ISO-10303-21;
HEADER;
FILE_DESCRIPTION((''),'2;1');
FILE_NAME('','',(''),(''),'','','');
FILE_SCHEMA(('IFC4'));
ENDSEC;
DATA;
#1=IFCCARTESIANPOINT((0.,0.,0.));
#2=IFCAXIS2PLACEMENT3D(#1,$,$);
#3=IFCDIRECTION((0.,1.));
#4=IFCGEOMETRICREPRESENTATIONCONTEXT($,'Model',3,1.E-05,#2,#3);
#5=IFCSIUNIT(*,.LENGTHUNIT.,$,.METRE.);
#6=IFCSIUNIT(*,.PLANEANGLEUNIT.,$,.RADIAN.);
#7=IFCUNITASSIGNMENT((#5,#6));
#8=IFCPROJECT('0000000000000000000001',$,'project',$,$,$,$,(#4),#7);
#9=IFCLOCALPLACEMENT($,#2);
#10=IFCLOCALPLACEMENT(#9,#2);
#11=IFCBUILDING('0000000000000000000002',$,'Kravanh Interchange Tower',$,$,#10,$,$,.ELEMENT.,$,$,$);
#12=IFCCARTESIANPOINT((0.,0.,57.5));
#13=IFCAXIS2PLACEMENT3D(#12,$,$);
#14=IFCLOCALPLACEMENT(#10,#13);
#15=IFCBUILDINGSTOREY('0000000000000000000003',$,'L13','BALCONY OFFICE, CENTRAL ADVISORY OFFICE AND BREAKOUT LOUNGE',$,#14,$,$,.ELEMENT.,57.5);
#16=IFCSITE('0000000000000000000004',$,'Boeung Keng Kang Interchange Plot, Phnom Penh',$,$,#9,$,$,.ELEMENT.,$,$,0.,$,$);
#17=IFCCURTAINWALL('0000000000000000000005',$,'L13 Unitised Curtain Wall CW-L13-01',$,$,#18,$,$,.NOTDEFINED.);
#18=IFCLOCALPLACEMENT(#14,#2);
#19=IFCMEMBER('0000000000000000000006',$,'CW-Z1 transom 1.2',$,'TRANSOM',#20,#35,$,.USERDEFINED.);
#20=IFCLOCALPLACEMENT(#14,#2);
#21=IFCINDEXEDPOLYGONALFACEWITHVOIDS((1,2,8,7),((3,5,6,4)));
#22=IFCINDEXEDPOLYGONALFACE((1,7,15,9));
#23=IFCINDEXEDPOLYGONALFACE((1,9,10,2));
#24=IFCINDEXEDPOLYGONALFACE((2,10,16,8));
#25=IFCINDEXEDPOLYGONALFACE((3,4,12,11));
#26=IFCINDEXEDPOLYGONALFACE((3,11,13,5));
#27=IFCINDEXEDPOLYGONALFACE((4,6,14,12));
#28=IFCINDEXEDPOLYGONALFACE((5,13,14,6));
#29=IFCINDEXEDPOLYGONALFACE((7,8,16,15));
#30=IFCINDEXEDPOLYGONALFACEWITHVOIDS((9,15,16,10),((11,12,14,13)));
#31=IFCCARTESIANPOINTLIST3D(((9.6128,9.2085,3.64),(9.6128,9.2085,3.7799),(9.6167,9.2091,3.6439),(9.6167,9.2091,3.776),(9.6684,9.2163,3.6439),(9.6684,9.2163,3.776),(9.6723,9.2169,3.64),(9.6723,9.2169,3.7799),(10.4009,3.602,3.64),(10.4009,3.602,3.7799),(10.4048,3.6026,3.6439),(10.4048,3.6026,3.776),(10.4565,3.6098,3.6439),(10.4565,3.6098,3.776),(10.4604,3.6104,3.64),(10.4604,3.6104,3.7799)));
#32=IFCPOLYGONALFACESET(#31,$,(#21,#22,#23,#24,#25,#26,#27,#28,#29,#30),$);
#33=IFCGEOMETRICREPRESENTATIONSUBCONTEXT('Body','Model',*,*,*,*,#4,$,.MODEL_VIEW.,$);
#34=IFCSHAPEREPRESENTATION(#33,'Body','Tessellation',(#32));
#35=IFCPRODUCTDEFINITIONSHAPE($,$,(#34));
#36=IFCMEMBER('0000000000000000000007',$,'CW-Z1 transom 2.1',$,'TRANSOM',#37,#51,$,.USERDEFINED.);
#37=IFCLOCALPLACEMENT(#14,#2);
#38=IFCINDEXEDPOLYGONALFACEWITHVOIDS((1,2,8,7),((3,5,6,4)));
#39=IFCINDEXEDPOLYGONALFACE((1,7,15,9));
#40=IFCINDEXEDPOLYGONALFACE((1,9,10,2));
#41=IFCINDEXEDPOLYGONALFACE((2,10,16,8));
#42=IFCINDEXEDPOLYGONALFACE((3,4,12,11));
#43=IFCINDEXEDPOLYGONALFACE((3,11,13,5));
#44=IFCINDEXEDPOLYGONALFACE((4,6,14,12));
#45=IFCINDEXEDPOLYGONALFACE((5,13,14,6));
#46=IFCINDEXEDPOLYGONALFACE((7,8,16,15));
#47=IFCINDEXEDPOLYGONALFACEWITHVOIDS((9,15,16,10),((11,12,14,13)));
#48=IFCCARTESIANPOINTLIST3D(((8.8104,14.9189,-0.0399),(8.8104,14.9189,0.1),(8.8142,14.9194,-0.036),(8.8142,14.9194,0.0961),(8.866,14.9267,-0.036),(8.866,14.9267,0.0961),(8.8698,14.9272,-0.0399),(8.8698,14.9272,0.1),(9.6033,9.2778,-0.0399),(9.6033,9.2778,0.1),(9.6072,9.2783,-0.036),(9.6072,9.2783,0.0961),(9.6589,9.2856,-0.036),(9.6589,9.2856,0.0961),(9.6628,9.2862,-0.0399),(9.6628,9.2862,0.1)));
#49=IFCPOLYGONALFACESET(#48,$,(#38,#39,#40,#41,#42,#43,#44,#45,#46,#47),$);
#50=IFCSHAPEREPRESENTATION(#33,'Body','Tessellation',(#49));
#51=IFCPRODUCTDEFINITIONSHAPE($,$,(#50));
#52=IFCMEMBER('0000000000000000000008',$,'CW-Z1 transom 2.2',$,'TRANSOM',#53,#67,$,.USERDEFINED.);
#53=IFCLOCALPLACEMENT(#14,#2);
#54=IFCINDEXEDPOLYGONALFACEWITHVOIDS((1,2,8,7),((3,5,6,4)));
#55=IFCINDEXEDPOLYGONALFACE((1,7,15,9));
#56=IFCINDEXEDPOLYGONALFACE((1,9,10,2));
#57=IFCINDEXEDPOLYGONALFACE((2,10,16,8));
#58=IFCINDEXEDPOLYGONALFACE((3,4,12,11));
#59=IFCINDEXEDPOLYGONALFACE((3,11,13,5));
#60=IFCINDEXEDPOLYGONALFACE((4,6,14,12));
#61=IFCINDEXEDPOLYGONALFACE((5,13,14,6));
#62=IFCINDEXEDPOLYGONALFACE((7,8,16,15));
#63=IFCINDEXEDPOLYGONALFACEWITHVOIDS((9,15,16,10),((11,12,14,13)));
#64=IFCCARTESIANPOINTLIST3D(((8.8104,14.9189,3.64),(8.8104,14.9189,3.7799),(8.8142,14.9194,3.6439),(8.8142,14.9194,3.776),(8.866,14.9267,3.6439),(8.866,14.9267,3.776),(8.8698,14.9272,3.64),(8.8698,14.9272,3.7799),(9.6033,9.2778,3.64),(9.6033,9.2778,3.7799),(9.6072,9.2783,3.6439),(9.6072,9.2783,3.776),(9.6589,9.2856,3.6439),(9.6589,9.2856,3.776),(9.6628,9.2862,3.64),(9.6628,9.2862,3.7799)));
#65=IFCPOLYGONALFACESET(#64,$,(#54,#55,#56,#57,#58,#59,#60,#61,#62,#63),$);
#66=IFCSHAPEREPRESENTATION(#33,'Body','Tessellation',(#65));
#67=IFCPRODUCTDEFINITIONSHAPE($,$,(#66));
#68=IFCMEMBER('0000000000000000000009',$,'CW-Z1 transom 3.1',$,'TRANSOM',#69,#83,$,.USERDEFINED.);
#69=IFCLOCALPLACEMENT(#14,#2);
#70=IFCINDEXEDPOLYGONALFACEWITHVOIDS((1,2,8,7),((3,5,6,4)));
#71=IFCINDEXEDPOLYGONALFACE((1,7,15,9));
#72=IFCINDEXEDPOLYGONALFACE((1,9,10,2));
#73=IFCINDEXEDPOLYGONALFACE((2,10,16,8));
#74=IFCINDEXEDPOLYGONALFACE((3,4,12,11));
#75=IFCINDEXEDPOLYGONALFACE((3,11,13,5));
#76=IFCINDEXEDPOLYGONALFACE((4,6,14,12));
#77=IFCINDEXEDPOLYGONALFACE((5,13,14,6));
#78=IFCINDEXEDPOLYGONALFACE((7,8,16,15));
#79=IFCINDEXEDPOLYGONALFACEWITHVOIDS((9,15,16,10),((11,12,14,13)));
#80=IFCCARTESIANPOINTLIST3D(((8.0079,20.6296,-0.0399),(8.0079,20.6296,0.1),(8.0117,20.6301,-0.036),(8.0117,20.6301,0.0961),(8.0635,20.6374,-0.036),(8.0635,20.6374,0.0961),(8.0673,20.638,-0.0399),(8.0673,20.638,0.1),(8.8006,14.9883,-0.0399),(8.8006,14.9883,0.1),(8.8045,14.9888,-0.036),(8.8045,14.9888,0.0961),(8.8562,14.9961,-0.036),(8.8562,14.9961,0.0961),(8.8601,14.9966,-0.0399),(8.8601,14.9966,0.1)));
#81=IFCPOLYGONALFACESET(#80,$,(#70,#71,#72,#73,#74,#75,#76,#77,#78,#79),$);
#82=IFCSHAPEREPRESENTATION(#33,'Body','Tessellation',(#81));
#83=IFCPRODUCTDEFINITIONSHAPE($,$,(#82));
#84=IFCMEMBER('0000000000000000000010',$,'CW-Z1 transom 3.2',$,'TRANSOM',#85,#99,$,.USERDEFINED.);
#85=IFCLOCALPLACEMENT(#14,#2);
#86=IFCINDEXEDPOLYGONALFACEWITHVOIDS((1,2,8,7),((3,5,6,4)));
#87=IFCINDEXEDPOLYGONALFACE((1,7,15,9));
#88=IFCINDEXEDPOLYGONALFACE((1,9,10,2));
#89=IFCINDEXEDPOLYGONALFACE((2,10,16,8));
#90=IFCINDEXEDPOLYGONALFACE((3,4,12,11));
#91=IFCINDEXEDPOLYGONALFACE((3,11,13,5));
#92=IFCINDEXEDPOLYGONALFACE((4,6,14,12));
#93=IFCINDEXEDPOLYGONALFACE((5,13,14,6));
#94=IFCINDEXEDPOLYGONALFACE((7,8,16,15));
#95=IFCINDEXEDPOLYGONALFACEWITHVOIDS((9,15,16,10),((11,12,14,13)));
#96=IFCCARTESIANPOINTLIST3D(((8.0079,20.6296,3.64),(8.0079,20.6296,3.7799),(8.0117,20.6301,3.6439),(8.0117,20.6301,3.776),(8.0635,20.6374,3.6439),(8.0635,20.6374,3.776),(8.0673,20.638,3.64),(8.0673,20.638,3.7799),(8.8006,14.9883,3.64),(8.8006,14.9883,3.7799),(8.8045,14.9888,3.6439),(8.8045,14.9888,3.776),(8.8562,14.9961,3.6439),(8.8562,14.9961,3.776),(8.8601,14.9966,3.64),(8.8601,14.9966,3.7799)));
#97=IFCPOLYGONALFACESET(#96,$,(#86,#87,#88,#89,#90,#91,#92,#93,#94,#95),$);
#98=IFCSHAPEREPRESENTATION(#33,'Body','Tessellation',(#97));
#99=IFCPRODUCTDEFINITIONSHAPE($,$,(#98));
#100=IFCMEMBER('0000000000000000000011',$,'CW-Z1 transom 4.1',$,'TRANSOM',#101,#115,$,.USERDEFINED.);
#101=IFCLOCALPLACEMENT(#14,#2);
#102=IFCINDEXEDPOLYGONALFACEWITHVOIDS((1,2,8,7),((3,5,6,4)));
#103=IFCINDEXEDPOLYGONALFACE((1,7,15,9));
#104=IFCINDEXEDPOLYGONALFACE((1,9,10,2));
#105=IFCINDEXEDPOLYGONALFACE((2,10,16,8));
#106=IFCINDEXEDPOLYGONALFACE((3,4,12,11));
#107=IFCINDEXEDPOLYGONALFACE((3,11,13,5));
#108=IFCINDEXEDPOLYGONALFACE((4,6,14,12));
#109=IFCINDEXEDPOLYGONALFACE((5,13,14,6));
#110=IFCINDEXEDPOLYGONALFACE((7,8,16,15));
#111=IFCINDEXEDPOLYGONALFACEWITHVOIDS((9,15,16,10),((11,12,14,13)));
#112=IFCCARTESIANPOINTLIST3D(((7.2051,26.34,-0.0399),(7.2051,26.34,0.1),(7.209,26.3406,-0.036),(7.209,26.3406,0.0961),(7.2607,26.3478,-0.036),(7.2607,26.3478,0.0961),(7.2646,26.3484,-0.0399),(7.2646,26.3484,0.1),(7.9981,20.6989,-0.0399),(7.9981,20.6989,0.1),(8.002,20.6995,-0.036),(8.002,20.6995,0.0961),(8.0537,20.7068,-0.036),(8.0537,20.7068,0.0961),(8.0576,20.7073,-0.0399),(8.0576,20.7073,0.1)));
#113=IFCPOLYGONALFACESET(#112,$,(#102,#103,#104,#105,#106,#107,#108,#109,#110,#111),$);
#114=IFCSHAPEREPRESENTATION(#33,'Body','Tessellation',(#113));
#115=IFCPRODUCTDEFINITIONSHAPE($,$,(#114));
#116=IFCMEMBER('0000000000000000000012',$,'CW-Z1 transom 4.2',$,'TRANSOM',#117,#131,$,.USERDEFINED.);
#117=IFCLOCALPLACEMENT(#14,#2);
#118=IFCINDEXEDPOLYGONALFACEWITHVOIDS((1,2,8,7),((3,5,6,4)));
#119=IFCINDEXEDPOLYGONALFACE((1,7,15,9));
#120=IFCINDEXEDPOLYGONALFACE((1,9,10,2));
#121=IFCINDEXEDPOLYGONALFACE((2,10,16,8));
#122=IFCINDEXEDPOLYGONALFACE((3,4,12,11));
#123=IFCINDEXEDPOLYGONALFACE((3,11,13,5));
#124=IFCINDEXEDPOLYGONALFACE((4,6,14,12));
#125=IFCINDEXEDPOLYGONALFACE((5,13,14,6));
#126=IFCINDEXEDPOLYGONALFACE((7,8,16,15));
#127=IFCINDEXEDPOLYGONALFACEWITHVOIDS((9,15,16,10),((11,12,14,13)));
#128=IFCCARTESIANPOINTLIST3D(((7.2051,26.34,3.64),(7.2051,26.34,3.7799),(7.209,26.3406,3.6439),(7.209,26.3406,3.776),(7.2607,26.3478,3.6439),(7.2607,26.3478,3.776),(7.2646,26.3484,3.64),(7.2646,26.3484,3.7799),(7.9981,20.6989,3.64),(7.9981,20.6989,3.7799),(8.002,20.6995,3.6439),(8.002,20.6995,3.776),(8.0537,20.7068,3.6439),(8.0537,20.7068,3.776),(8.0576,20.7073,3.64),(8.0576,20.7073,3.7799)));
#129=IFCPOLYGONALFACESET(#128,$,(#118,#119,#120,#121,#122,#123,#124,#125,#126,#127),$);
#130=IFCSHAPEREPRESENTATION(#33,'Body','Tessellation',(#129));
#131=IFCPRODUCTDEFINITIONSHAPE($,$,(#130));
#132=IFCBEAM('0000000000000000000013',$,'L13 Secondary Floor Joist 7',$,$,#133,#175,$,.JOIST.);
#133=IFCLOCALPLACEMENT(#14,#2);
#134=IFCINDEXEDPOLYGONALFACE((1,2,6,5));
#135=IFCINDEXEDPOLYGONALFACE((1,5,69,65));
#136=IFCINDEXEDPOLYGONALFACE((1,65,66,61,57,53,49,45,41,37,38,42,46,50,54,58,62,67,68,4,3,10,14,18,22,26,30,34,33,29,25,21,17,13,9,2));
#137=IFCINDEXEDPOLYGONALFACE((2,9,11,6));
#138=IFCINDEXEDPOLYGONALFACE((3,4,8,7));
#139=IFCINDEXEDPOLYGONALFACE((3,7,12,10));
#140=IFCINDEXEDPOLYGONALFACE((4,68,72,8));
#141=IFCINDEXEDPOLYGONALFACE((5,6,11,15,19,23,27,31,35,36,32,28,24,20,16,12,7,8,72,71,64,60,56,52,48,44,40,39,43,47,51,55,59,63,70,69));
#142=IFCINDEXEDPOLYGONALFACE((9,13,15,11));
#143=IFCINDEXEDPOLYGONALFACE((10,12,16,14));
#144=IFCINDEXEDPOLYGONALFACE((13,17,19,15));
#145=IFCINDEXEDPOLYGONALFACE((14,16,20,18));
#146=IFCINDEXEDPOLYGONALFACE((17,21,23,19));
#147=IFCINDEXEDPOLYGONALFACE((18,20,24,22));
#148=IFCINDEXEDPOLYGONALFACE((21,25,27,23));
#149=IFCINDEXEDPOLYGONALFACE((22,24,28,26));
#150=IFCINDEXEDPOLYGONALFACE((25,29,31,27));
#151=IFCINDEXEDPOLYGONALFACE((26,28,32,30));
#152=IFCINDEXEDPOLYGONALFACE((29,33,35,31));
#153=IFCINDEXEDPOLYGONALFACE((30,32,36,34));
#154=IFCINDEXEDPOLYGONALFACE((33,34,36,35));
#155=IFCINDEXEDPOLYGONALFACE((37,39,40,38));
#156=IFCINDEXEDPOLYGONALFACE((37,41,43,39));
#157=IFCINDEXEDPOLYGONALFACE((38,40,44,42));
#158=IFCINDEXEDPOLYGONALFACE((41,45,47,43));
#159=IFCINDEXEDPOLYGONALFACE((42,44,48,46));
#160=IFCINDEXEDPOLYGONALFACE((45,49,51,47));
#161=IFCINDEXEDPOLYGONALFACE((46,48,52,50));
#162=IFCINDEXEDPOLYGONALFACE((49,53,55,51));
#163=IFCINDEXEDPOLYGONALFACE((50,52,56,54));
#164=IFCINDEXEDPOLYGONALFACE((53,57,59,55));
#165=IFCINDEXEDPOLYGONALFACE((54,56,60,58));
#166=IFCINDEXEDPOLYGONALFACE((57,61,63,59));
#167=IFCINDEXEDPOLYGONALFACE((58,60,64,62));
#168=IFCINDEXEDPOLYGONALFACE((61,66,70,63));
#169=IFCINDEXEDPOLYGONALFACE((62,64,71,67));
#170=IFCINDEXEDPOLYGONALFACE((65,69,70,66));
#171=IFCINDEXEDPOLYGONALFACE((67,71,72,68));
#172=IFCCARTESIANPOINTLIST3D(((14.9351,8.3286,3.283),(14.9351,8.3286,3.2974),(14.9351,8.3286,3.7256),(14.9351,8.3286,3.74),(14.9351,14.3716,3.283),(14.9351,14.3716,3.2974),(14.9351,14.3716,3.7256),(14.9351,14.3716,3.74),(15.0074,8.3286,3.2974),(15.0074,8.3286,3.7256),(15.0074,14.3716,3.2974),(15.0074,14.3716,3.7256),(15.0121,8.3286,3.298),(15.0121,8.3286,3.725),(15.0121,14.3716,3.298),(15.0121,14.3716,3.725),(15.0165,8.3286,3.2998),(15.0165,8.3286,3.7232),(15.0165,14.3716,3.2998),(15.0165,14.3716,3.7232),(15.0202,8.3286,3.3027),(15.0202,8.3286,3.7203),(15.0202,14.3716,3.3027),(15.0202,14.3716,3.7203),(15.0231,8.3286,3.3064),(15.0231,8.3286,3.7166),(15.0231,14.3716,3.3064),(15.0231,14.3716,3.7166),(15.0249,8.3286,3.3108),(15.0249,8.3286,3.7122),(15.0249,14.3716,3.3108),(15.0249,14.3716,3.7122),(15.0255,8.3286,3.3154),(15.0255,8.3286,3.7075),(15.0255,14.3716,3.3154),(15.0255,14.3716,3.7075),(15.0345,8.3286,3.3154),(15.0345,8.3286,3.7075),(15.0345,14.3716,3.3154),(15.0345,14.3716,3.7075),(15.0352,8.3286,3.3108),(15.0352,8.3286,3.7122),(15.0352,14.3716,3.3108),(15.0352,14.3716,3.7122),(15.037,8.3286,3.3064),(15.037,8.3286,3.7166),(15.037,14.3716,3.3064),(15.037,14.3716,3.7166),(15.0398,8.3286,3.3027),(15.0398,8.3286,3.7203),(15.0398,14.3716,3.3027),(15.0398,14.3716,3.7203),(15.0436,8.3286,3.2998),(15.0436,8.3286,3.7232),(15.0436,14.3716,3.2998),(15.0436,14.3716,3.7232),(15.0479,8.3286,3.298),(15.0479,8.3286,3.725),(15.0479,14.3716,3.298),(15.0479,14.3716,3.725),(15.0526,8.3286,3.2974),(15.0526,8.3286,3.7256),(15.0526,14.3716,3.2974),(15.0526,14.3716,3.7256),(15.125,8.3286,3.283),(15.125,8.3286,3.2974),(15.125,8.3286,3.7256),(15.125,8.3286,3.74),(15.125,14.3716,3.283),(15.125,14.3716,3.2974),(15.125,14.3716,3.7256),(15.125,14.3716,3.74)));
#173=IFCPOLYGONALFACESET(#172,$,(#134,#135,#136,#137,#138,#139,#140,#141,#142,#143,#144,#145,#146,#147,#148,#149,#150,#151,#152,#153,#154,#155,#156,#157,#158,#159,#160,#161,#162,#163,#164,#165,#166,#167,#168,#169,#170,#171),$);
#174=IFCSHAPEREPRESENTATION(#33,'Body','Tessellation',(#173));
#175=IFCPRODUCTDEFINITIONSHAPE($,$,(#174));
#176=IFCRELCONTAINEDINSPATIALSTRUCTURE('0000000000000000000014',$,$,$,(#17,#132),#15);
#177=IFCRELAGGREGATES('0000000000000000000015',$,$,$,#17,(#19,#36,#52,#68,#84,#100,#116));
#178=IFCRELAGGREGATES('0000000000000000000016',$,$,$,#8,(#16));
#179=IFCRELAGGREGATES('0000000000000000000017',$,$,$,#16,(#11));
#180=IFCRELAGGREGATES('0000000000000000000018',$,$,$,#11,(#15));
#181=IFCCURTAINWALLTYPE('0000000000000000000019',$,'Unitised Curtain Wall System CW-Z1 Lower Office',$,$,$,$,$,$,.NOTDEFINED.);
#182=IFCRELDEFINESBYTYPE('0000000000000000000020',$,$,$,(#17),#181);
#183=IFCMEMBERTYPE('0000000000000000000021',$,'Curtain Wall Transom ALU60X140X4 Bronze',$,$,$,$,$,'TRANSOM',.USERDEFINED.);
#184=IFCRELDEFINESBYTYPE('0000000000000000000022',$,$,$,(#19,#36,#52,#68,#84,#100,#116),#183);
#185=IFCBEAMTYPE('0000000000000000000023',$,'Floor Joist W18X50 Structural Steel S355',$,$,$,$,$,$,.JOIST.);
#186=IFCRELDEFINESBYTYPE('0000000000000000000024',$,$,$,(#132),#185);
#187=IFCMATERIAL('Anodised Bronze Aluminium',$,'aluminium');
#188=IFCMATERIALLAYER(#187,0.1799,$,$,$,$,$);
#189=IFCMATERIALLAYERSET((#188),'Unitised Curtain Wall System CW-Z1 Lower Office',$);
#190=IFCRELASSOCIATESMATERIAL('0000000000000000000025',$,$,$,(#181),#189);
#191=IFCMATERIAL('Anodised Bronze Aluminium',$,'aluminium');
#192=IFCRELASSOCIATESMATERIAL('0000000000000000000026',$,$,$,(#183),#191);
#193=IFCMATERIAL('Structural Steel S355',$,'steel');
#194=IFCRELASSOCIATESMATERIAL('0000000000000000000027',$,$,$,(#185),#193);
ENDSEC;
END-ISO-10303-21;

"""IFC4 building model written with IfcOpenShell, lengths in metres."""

from ifc_helpers import new_model, si_unit, direction, frame, origin, origin_2d, place, context, subcontext, project, spatial, hollow_rectangle, i_section, extrude, material, layer, layer_set, material_profile, profile_set, type_object, element, aggregate, save


model = new_model("IFC4")

# Units and contexts
model_context = context("Model", 3, precision=1e-05, world=origin(), true_north=direction((0.0, 1.0)))
body_context = subcontext(model_context, "Body", "Model", "MODEL_VIEW")
ifc_project = project(units=[si_unit("LENGTHUNIT", "METRE"), si_unit("PLANEANGLEUNIT", "RADIAN")], contexts=[model_context])

# Site, building, storey
site_placement = place(None, origin())
site = spatial("IfcSite", under=ifc_project, at=site_placement, Name="Boeung Keng Kang Interchange Plot, Phnom Penh", CompositionType="ELEMENT", RefElevation=0.0)
building_placement = place(site_placement, origin())
building = spatial("IfcBuilding", under=site, at=building_placement, Name="Kravanh Interchange Tower", CompositionType="ELEMENT")
storey_placement = place(building_placement, frame((0.0, 0.0, 57.5)))
storey = spatial("IfcBuildingStorey", under=building, at=storey_placement, Name="L13", Description="BALCONY OFFICE, CENTRAL ADVISORY OFFICE AND BREAKOUT LOUNGE", CompositionType="ELEMENT", Elevation=57.5)

# Curtain wall, members
ifc_material_1 = material(Name="Anodised Bronze Aluminium", Category="aluminium")
ifc_layer_1 = layer(ifc_material_1, 0.1799)
ifc_layer_set_1 = layer_set([ifc_layer_1], Name="Unitised Curtain Wall System CW-Z1 Lower Office")
curtain_wall_type = type_object("IfcCurtainWallType", Name="Unitised Curtain Wall System CW-Z1 Lower Office", PredefinedType="NOTDEFINED", material=ifc_layer_set_1)
curtain_wall_placement = place(storey_placement, origin())
curtain_wall = element("IfcCurtainWall", 1, at=curtain_wall_placement, inside=storey, type_object=curtain_wall_type, Name="L13 Unitised Curtain Wall CW-L13-01", PredefinedType="NOTDEFINED")
ifc_material_2 = material(Name="Anodised Bronze Aluminium", Category="aluminium")
ifc_material_profile_1 = material_profile(ifc_material_2, hollow_rectangle(XDim=0.0601, YDim=0.1399, WallThickness=0.0039, at=origin_2d()), Name="ALU60X140X4")
ifc_profile_set_1 = profile_set([ifc_material_profile_1], Name="Anodised Bronze Aluminium")
member_type_1 = type_object("IfcMemberType", Name="Curtain Wall Transom ALU60X140X4 Bronze", ElementType="TRANSOM", PredefinedType="USERDEFINED", material=ifc_profile_set_1)
member_1_placement = place(storey_placement, frame((10.4307, 3.6062, 3.71), z_axis=(-0.139199, 0.990264, 0.0), x_axis=(-0.990264, -0.139199, 0.0)))
member_1 = element("IfcMember", 2, at=member_1_placement, type_object=member_type_1, Name="CW-Z1 transom 1.2", ObjectType="TRANSOM", PredefinedType="USERDEFINED", context=body_context, shape_type="SweptSolid", body=[
    extrude(hollow_rectangle(XDim=0.0601, YDim=0.1399, WallThickness=0.0039, at=origin_2d()), origin(), (0.0, 0.0, 1.0), 5.6616),
])
member_2_placement = place(storey_placement, frame((9.6331, 9.282, 0.03), z_axis=(-0.139201, 0.990264, 0.0), x_axis=(-0.990264, -0.139201, 0.0)))
member_2 = element("IfcMember", 3, at=member_2_placement, type_object=member_type_1, Name="CW-Z1 transom 2.1", ObjectType="TRANSOM", PredefinedType="USERDEFINED", context=body_context, shape_type="SweptSolid", body=[
    extrude(hollow_rectangle(XDim=0.0601, YDim=0.1399, WallThickness=0.0039, at=origin_2d()), origin(), (0.0, 0.0, 1.0), 5.6965),
])
member_3_placement = place(storey_placement, frame((9.6331, 9.282, 3.71), z_axis=(-0.139201, 0.990264, 0.0), x_axis=(-0.990264, -0.139201, 0.0)))
member_3 = element("IfcMember", 4, at=member_3_placement, type_object=member_type_1, Name="CW-Z1 transom 2.2", ObjectType="TRANSOM", PredefinedType="USERDEFINED", context=body_context, shape_type="SweptSolid", body=[
    extrude(hollow_rectangle(XDim=0.0601, YDim=0.1399, WallThickness=0.0039, at=origin_2d()), origin(), (0.0, 0.0, 1.0), 5.6965),
])
member_4_placement = place(storey_placement, frame((8.8303, 14.9924, 0.03), z_axis=(-0.139153, 0.990271, 0.0), x_axis=(-0.990271, -0.139153, 0.0)))
member_4 = element("IfcMember", 5, at=member_4_placement, type_object=member_type_1, Name="CW-Z1 transom 3.1", ObjectType="TRANSOM", PredefinedType="USERDEFINED", context=body_context, shape_type="SweptSolid", body=[
    extrude(hollow_rectangle(XDim=0.0601, YDim=0.1399, WallThickness=0.0039, at=origin_2d()), origin(), (0.0, 0.0, 1.0), 5.6968),
])
member_5_placement = place(storey_placement, frame((8.8303, 14.9924, 3.71), z_axis=(-0.139153, 0.990271, 0.0), x_axis=(-0.990271, -0.139153, 0.0)))
member_5 = element("IfcMember", 6, at=member_5_placement, type_object=member_type_1, Name="CW-Z1 transom 3.2", ObjectType="TRANSOM", PredefinedType="USERDEFINED", context=body_context, shape_type="SweptSolid", body=[
    extrude(hollow_rectangle(XDim=0.0601, YDim=0.1399, WallThickness=0.0039, at=origin_2d()), origin(), (0.0, 0.0, 1.0), 5.6968),
])
member_6_placement = place(storey_placement, frame((8.0278, 20.7031, 0.03), z_axis=(-0.139201, 0.990264, 0.0), x_axis=(-0.990264, -0.139201, 0.0)))
member_6 = element("IfcMember", 7, at=member_6_placement, type_object=member_type_1, Name="CW-Z1 transom 4.1", ObjectType="TRANSOM", PredefinedType="USERDEFINED", context=body_context, shape_type="SweptSolid", body=[
    extrude(hollow_rectangle(XDim=0.0601, YDim=0.1399, WallThickness=0.0039, at=origin_2d()), origin(), (0.0, 0.0, 1.0), 5.6965),
])
member_7_placement = place(storey_placement, frame((8.0278, 20.7031, 3.71), z_axis=(-0.139201, 0.990264, 0.0), x_axis=(-0.990264, -0.139201, 0.0)))
member_7 = element("IfcMember", 8, at=member_7_placement, type_object=member_type_1, Name="CW-Z1 transom 4.2", ObjectType="TRANSOM", PredefinedType="USERDEFINED", context=body_context, shape_type="SweptSolid", body=[
    extrude(hollow_rectangle(XDim=0.0601, YDim=0.1399, WallThickness=0.0039, at=origin_2d()), origin(), (0.0, 0.0, 1.0), 5.6965),
])

# Beam
ifc_material_3 = material(Name="Structural Steel S355", Category="steel")
ifc_material_profile_2 = material_profile(ifc_material_3, i_section(OverallWidth=0.1899, OverallDepth=0.457, WebThickness=0.009, FlangeThickness=0.0144, FilletRadius=0.0181, at=origin_2d()), Name="W18X50")
ifc_profile_set_2 = profile_set([ifc_material_profile_2], Name="Structural Steel S355")
beam_type_1 = type_object("IfcBeamType", Name="Floor Joist W18X50 Structural Steel S355", PredefinedType="JOIST", material=ifc_profile_set_2)
beam_1_placement = place(storey_placement, frame((15.03, 8.3286, 3.5115), z_axis=(0.0, 1.0, 0.0), x_axis=(-1.0, 0.0, 0.0)))
element("IfcBeam", 9, at=beam_1_placement, inside=storey, type_object=beam_type_1, Name="L13 Secondary Floor Joist 7", PredefinedType="JOIST", context=body_context, shape_type="SweptSolid", body=[
    extrude(i_section(OverallWidth=0.1899, OverallDepth=0.457, WebThickness=0.009, FlangeThickness=0.0144, FilletRadius=0.0181, at=origin_2d()), origin(), (0.0, 0.0, 1.0), 6.043),
])

aggregate(curtain_wall, [member_1, member_2, member_3, member_4, member_5, member_6, member_7])

save(model, "model.ifc")
